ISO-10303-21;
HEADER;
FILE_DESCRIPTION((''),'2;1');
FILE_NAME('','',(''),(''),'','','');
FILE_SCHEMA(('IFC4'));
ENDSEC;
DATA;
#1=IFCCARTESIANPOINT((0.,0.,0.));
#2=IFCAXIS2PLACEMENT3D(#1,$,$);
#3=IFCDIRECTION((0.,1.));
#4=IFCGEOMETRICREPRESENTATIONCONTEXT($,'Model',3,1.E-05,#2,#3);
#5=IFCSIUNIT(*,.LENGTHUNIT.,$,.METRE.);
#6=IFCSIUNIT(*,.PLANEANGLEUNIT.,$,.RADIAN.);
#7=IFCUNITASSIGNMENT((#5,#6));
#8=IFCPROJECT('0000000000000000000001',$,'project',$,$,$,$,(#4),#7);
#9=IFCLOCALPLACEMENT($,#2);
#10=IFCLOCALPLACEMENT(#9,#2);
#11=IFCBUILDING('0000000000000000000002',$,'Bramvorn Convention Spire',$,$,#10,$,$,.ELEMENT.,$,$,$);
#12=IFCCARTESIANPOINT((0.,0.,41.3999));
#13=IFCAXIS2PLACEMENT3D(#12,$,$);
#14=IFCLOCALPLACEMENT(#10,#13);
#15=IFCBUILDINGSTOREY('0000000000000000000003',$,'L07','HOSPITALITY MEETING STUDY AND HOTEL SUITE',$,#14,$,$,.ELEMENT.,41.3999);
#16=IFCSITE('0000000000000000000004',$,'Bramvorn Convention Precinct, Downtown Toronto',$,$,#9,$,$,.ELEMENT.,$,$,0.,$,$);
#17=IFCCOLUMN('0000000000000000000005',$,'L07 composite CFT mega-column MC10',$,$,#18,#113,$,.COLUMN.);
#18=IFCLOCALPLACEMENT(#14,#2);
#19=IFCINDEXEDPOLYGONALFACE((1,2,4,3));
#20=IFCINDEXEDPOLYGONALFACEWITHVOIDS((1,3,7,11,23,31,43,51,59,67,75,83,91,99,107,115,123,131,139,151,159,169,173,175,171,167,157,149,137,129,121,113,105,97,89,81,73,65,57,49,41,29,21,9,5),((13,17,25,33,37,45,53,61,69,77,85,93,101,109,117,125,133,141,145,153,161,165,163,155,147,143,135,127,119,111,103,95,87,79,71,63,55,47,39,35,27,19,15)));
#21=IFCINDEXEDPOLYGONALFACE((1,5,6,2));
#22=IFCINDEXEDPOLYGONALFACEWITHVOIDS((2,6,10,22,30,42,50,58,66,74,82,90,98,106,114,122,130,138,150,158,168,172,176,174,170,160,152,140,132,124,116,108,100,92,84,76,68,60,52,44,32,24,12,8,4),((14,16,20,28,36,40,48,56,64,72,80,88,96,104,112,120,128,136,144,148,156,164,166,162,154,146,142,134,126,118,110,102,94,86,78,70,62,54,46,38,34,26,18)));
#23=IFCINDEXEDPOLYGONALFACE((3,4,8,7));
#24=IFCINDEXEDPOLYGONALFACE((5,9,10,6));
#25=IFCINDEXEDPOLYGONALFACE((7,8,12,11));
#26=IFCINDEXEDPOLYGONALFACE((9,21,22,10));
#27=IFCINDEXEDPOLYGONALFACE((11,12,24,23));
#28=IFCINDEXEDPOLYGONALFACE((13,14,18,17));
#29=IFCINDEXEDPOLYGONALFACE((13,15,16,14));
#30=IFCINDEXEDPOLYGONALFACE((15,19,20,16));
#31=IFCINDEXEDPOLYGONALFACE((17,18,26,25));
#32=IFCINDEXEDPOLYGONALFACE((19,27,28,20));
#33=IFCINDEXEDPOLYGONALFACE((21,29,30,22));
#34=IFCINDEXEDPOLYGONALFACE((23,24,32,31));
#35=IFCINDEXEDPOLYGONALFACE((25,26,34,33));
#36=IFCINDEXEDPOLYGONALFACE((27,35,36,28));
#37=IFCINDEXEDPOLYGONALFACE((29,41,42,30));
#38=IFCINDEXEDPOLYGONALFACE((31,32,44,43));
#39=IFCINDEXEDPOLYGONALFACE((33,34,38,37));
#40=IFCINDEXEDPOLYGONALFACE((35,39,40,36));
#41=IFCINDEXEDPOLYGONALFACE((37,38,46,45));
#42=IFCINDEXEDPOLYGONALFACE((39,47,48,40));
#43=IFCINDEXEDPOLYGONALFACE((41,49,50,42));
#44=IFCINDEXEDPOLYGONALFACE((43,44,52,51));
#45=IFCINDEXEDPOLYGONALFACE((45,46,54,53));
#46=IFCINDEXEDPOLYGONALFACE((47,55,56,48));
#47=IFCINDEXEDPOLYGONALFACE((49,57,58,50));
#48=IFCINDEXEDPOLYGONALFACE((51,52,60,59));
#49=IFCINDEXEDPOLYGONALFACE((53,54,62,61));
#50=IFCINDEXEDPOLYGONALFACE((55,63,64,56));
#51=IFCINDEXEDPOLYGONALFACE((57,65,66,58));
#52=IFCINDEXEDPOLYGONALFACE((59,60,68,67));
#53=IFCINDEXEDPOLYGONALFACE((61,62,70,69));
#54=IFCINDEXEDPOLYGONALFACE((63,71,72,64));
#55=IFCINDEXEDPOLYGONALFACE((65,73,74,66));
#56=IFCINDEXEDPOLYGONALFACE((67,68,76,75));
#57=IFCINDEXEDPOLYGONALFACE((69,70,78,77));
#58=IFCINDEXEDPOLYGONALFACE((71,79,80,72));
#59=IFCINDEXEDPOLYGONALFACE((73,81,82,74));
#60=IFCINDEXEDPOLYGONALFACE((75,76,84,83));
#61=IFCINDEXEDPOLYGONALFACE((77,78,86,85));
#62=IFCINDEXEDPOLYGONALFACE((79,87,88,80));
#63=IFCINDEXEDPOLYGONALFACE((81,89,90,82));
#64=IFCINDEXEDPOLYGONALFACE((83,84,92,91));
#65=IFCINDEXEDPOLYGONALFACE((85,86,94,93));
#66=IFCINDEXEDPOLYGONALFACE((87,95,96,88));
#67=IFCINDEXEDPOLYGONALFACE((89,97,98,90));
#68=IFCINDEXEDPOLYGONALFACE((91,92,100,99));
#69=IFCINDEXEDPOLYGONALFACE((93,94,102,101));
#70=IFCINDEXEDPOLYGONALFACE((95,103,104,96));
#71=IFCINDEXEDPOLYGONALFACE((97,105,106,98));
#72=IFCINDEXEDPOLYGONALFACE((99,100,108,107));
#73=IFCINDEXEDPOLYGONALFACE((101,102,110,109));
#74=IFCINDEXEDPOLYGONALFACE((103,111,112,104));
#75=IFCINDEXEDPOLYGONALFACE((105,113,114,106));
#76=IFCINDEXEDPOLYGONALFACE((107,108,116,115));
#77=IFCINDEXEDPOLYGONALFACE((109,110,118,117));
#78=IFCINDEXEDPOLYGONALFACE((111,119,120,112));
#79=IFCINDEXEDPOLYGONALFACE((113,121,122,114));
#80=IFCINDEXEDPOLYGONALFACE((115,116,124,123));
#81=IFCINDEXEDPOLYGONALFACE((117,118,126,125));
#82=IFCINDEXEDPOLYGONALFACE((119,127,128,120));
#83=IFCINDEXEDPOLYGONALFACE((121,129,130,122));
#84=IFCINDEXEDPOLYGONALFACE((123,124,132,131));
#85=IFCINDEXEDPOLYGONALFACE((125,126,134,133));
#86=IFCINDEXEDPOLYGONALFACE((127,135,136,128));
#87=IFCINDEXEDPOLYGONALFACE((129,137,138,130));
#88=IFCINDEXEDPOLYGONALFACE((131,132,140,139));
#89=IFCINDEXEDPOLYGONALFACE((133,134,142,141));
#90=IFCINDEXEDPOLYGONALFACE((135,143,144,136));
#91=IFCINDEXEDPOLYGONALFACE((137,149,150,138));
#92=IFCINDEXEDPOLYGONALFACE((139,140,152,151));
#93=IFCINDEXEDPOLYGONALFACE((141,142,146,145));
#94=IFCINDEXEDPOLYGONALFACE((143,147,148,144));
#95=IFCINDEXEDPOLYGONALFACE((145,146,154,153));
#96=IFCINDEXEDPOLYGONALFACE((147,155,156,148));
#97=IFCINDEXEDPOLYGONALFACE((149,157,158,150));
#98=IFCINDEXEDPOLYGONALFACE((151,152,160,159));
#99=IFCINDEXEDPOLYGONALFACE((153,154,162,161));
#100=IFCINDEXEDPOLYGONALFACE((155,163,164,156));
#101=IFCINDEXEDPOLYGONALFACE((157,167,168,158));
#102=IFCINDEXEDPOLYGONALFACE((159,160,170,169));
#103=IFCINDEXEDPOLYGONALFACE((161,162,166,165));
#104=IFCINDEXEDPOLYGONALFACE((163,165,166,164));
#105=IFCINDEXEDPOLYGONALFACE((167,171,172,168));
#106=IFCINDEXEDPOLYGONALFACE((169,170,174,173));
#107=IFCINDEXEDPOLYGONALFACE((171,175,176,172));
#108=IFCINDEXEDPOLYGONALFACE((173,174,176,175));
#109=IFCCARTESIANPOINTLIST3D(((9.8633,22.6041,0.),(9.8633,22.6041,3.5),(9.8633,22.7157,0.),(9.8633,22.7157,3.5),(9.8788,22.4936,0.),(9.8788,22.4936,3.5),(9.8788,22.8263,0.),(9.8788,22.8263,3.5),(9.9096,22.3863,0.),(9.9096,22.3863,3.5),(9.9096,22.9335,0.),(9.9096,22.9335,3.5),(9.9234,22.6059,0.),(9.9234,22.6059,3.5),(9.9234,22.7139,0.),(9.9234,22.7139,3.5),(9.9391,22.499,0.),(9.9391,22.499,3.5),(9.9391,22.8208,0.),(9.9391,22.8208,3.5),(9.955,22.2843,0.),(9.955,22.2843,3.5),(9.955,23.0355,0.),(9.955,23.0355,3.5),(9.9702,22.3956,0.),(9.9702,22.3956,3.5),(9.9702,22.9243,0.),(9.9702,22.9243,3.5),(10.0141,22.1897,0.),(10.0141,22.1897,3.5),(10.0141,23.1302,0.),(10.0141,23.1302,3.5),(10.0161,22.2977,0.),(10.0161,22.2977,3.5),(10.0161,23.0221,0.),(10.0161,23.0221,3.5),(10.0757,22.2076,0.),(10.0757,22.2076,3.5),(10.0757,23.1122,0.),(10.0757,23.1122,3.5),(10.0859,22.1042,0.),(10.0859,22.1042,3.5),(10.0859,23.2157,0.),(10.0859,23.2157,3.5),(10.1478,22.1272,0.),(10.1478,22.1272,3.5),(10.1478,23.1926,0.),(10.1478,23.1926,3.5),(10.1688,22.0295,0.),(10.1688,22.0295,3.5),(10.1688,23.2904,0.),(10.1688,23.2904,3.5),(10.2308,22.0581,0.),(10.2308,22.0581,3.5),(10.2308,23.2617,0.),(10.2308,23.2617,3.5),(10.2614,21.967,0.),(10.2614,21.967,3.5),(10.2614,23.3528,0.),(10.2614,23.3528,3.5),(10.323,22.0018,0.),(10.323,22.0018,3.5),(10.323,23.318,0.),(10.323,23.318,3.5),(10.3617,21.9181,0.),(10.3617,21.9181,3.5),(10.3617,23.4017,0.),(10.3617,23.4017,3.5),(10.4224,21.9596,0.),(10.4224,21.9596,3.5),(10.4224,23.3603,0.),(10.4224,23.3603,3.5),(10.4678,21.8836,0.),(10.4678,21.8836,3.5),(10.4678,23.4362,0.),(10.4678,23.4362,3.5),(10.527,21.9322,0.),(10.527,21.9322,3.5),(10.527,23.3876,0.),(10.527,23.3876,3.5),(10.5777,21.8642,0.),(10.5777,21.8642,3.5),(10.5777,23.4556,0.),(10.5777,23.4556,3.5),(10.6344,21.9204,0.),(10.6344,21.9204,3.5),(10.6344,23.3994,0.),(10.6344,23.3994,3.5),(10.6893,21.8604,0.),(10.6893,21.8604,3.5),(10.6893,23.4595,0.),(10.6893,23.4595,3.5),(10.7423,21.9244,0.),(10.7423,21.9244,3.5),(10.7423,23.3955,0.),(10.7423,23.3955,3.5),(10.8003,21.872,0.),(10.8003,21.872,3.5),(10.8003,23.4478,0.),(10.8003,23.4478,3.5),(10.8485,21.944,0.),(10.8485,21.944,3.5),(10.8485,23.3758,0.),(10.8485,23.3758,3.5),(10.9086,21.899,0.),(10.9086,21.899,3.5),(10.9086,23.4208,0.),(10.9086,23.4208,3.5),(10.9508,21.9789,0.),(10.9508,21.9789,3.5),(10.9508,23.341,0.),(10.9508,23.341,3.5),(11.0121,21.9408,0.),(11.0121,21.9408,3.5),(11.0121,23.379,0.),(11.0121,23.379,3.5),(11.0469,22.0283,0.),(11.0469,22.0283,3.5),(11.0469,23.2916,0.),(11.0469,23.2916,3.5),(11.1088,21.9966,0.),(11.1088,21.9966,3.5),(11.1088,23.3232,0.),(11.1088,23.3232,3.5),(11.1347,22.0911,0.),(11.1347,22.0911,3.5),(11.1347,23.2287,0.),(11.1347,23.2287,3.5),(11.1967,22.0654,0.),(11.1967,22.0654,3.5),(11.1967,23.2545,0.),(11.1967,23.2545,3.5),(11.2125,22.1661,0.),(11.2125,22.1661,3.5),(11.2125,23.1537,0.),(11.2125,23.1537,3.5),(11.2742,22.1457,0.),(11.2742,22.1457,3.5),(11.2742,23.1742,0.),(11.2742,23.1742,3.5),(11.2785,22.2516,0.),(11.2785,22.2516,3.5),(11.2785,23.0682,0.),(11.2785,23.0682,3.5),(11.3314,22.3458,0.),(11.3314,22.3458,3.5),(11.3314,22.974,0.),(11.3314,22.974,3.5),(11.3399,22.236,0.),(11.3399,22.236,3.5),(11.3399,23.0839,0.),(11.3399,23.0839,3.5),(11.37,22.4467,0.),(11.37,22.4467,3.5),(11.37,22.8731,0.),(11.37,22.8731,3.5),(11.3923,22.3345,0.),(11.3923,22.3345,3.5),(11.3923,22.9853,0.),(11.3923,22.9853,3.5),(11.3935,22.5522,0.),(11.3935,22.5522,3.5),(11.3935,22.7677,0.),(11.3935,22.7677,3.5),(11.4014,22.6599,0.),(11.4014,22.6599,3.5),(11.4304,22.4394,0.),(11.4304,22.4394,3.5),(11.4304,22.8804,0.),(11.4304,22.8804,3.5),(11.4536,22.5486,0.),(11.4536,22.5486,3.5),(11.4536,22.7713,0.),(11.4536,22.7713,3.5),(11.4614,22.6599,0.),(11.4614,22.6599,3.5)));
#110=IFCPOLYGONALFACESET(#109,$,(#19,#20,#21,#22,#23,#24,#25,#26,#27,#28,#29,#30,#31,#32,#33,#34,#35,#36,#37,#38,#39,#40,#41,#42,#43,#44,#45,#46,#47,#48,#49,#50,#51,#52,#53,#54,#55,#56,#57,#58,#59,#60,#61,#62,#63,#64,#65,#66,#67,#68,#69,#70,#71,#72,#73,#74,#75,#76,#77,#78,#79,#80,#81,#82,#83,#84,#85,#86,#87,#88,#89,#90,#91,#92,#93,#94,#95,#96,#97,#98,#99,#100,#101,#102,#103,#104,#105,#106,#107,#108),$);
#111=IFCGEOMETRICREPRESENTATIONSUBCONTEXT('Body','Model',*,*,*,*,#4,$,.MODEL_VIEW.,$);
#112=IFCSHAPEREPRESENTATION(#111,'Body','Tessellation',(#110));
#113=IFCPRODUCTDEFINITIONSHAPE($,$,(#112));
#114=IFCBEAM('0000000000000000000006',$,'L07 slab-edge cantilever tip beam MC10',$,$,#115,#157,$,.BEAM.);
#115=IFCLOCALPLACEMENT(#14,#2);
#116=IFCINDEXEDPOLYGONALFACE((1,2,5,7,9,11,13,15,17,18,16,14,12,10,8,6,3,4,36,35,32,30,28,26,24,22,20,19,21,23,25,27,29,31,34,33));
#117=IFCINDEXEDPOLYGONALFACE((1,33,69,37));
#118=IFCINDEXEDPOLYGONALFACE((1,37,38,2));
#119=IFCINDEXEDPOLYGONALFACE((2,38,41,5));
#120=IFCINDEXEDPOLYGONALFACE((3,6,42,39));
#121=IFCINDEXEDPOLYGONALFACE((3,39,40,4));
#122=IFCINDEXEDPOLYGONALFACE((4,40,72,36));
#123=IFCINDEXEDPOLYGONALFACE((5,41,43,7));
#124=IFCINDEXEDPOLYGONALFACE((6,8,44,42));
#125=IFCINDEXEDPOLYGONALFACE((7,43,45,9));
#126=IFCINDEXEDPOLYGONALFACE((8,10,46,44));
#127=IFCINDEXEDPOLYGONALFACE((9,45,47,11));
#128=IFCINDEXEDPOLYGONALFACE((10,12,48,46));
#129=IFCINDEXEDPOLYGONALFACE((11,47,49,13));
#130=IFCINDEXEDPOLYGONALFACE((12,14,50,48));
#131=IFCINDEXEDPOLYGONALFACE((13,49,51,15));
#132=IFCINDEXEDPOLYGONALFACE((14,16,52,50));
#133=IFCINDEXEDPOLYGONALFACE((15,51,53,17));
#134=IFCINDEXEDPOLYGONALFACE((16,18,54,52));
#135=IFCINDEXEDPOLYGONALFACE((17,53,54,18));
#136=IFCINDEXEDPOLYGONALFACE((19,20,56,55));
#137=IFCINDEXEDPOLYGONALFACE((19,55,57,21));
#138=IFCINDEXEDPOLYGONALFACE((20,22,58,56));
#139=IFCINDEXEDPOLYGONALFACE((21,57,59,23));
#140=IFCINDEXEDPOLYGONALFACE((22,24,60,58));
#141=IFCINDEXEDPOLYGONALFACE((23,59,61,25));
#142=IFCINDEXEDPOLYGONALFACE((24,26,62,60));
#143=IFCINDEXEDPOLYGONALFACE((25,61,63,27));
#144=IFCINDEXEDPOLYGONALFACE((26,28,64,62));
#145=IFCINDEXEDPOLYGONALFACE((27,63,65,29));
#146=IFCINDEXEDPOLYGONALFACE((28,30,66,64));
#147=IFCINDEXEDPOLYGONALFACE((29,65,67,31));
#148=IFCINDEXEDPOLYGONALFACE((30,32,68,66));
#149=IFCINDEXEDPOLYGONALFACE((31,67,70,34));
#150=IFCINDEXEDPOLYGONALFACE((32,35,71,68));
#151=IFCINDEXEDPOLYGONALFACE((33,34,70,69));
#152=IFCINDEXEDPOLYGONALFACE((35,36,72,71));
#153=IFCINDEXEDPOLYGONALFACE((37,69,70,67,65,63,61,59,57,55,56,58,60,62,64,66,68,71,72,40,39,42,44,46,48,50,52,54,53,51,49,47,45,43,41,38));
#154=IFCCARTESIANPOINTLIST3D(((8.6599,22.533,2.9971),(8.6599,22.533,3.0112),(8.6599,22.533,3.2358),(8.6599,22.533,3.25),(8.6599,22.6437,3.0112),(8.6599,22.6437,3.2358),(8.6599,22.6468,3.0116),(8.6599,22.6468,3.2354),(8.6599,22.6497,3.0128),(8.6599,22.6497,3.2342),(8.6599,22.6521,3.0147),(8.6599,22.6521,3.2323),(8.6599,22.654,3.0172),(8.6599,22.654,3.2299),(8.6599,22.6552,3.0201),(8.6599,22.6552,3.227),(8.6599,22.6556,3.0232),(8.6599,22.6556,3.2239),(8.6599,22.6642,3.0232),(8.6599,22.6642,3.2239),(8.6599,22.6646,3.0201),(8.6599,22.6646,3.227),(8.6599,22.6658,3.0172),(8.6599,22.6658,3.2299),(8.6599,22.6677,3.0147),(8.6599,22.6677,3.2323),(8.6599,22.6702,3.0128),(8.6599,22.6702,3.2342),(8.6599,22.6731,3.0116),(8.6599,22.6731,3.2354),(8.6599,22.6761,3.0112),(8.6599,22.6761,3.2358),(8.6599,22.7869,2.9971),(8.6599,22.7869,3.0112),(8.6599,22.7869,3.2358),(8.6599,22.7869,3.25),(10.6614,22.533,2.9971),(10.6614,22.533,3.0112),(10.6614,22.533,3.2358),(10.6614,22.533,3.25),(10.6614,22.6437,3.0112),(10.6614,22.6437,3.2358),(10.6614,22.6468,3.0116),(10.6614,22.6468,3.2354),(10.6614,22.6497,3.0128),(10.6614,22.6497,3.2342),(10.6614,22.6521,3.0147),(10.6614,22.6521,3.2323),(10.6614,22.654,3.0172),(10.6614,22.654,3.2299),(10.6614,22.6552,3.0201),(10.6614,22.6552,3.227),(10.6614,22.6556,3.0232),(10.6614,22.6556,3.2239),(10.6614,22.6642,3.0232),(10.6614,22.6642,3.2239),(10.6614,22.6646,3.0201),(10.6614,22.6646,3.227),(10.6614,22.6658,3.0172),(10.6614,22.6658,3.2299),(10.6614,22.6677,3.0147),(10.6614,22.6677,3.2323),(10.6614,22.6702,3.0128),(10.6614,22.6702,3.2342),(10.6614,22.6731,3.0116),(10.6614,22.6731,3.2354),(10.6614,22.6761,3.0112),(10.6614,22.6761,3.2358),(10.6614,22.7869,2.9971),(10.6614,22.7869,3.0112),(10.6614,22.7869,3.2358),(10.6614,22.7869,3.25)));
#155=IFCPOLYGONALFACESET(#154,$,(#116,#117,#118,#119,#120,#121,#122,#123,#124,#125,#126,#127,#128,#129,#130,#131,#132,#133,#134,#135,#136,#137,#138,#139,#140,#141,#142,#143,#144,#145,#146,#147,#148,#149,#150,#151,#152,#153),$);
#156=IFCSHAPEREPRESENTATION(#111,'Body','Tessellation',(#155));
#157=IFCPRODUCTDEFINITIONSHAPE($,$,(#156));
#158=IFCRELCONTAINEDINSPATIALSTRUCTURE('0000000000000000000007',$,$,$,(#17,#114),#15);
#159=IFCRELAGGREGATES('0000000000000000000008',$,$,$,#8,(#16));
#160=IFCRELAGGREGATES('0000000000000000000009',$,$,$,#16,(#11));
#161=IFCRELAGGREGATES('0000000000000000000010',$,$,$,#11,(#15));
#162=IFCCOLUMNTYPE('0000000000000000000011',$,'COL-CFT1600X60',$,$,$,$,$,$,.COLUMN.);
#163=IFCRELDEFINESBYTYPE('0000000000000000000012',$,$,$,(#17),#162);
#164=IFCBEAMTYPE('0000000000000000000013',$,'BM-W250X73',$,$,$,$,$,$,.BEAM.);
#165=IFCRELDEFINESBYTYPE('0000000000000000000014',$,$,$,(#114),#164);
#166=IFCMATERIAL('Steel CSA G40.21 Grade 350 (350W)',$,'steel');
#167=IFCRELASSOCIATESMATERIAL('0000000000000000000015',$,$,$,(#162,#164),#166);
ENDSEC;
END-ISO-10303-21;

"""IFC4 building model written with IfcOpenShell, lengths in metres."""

from ifc_helpers import new_model, si_unit, direction, frame, origin, origin_2d, place, context, subcontext, project, spatial, hollow_circle, i_section, extrude, material, material_profile, profile_set, type_object, element, save


model = new_model("IFC4")

# Units and contexts
model_context = context("Model", 3, precision=1e-05, world=origin(), true_north=direction((0.0, 1.0)))
body_context = subcontext(model_context, "Body", "Model", "MODEL_VIEW")
ifc_project = project(units=[si_unit("LENGTHUNIT", "METRE"), si_unit("PLANEANGLEUNIT", "RADIAN")], contexts=[model_context])

# Site, building, storey
site_placement = place(None, origin())
site = spatial("IfcSite", under=ifc_project, at=site_placement, Name="Bramvorn Convention Precinct, Downtown Toronto", CompositionType="ELEMENT", RefElevation=0.0)
building_placement = place(site_placement, origin())
building = spatial("IfcBuilding", under=site, at=building_placement, Name="Bramvorn Convention Spire", CompositionType="ELEMENT")
storey_placement = place(building_placement, frame((0.0, 0.0, 41.3999)))
storey = spatial("IfcBuildingStorey", under=building, at=storey_placement, Name="L07", Description="HOSPITALITY MEETING STUDY AND HOTEL SUITE", CompositionType="ELEMENT", Elevation=41.3999)

# Column
ifc_material_1 = material(Name="Steel CSA G40.21 Grade 350 (350W)", Category="steel")
ifc_material_profile_1 = material_profile(ifc_material_1, hollow_circle(Radius=0.8, WallThickness=0.0601, at=origin_2d()))
ifc_profile_set_1 = profile_set([ifc_material_profile_1], Name="Steel CSA G40.21 Grade 350 (350W) - CFT1600X60")
column_type = type_object("IfcColumnType", Name="COL-CFT1600X60", PredefinedType="COLUMN", material=ifc_profile_set_1)
column_placement = place(storey_placement, frame((10.6614, 22.6599, 0.0), z_axis=(0.0, 0.0, 1.0), x_axis=(1.0, 0.0, 0.0)))
element("IfcColumn", 1, at=column_placement, inside=storey, type_object=column_type, Name="L07 composite CFT mega-column MC10", PredefinedType="COLUMN", context=body_context, shape_type="SweptSolid", body=[
    extrude(hollow_circle(Radius=0.8, WallThickness=0.0601, at=origin_2d()), origin(), (0.0, 0.0, 1.0), 3.5),
])

# Beam
ifc_material_profile_2 = material_profile(ifc_material_1, i_section(OverallWidth=0.2539, OverallDepth=0.2529, WebThickness=0.0085, FlangeThickness=0.0142, FilletRadius=0.012, at=origin_2d()))
ifc_profile_set_2 = profile_set([ifc_material_profile_2], Name="Steel CSA G40.21 Grade 350 (350W) - W250X73")
beam_type_1 = type_object("IfcBeamType", Name="BM-W250X73", PredefinedType="BEAM", material=ifc_profile_set_2)
beam_1_placement = place(storey_placement, frame((10.6614, 22.6599, 3.1235), z_axis=(-1.0, 0.0, 0.0), x_axis=(0.0, -1.0, 0.0)))
element("IfcBeam", 2, at=beam_1_placement, inside=storey, type_object=beam_type_1, Name="L07 slab-edge cantilever tip beam MC10", PredefinedType="BEAM", context=body_context, shape_type="SweptSolid", body=[
    extrude(i_section(OverallWidth=0.2539, OverallDepth=0.2529, WebThickness=0.0085, FlangeThickness=0.0142, FilletRadius=0.012, at=origin_2d()), origin(), (0.0, 0.0, 1.0), 2.0015),
])

save(model, "model.ifc")
